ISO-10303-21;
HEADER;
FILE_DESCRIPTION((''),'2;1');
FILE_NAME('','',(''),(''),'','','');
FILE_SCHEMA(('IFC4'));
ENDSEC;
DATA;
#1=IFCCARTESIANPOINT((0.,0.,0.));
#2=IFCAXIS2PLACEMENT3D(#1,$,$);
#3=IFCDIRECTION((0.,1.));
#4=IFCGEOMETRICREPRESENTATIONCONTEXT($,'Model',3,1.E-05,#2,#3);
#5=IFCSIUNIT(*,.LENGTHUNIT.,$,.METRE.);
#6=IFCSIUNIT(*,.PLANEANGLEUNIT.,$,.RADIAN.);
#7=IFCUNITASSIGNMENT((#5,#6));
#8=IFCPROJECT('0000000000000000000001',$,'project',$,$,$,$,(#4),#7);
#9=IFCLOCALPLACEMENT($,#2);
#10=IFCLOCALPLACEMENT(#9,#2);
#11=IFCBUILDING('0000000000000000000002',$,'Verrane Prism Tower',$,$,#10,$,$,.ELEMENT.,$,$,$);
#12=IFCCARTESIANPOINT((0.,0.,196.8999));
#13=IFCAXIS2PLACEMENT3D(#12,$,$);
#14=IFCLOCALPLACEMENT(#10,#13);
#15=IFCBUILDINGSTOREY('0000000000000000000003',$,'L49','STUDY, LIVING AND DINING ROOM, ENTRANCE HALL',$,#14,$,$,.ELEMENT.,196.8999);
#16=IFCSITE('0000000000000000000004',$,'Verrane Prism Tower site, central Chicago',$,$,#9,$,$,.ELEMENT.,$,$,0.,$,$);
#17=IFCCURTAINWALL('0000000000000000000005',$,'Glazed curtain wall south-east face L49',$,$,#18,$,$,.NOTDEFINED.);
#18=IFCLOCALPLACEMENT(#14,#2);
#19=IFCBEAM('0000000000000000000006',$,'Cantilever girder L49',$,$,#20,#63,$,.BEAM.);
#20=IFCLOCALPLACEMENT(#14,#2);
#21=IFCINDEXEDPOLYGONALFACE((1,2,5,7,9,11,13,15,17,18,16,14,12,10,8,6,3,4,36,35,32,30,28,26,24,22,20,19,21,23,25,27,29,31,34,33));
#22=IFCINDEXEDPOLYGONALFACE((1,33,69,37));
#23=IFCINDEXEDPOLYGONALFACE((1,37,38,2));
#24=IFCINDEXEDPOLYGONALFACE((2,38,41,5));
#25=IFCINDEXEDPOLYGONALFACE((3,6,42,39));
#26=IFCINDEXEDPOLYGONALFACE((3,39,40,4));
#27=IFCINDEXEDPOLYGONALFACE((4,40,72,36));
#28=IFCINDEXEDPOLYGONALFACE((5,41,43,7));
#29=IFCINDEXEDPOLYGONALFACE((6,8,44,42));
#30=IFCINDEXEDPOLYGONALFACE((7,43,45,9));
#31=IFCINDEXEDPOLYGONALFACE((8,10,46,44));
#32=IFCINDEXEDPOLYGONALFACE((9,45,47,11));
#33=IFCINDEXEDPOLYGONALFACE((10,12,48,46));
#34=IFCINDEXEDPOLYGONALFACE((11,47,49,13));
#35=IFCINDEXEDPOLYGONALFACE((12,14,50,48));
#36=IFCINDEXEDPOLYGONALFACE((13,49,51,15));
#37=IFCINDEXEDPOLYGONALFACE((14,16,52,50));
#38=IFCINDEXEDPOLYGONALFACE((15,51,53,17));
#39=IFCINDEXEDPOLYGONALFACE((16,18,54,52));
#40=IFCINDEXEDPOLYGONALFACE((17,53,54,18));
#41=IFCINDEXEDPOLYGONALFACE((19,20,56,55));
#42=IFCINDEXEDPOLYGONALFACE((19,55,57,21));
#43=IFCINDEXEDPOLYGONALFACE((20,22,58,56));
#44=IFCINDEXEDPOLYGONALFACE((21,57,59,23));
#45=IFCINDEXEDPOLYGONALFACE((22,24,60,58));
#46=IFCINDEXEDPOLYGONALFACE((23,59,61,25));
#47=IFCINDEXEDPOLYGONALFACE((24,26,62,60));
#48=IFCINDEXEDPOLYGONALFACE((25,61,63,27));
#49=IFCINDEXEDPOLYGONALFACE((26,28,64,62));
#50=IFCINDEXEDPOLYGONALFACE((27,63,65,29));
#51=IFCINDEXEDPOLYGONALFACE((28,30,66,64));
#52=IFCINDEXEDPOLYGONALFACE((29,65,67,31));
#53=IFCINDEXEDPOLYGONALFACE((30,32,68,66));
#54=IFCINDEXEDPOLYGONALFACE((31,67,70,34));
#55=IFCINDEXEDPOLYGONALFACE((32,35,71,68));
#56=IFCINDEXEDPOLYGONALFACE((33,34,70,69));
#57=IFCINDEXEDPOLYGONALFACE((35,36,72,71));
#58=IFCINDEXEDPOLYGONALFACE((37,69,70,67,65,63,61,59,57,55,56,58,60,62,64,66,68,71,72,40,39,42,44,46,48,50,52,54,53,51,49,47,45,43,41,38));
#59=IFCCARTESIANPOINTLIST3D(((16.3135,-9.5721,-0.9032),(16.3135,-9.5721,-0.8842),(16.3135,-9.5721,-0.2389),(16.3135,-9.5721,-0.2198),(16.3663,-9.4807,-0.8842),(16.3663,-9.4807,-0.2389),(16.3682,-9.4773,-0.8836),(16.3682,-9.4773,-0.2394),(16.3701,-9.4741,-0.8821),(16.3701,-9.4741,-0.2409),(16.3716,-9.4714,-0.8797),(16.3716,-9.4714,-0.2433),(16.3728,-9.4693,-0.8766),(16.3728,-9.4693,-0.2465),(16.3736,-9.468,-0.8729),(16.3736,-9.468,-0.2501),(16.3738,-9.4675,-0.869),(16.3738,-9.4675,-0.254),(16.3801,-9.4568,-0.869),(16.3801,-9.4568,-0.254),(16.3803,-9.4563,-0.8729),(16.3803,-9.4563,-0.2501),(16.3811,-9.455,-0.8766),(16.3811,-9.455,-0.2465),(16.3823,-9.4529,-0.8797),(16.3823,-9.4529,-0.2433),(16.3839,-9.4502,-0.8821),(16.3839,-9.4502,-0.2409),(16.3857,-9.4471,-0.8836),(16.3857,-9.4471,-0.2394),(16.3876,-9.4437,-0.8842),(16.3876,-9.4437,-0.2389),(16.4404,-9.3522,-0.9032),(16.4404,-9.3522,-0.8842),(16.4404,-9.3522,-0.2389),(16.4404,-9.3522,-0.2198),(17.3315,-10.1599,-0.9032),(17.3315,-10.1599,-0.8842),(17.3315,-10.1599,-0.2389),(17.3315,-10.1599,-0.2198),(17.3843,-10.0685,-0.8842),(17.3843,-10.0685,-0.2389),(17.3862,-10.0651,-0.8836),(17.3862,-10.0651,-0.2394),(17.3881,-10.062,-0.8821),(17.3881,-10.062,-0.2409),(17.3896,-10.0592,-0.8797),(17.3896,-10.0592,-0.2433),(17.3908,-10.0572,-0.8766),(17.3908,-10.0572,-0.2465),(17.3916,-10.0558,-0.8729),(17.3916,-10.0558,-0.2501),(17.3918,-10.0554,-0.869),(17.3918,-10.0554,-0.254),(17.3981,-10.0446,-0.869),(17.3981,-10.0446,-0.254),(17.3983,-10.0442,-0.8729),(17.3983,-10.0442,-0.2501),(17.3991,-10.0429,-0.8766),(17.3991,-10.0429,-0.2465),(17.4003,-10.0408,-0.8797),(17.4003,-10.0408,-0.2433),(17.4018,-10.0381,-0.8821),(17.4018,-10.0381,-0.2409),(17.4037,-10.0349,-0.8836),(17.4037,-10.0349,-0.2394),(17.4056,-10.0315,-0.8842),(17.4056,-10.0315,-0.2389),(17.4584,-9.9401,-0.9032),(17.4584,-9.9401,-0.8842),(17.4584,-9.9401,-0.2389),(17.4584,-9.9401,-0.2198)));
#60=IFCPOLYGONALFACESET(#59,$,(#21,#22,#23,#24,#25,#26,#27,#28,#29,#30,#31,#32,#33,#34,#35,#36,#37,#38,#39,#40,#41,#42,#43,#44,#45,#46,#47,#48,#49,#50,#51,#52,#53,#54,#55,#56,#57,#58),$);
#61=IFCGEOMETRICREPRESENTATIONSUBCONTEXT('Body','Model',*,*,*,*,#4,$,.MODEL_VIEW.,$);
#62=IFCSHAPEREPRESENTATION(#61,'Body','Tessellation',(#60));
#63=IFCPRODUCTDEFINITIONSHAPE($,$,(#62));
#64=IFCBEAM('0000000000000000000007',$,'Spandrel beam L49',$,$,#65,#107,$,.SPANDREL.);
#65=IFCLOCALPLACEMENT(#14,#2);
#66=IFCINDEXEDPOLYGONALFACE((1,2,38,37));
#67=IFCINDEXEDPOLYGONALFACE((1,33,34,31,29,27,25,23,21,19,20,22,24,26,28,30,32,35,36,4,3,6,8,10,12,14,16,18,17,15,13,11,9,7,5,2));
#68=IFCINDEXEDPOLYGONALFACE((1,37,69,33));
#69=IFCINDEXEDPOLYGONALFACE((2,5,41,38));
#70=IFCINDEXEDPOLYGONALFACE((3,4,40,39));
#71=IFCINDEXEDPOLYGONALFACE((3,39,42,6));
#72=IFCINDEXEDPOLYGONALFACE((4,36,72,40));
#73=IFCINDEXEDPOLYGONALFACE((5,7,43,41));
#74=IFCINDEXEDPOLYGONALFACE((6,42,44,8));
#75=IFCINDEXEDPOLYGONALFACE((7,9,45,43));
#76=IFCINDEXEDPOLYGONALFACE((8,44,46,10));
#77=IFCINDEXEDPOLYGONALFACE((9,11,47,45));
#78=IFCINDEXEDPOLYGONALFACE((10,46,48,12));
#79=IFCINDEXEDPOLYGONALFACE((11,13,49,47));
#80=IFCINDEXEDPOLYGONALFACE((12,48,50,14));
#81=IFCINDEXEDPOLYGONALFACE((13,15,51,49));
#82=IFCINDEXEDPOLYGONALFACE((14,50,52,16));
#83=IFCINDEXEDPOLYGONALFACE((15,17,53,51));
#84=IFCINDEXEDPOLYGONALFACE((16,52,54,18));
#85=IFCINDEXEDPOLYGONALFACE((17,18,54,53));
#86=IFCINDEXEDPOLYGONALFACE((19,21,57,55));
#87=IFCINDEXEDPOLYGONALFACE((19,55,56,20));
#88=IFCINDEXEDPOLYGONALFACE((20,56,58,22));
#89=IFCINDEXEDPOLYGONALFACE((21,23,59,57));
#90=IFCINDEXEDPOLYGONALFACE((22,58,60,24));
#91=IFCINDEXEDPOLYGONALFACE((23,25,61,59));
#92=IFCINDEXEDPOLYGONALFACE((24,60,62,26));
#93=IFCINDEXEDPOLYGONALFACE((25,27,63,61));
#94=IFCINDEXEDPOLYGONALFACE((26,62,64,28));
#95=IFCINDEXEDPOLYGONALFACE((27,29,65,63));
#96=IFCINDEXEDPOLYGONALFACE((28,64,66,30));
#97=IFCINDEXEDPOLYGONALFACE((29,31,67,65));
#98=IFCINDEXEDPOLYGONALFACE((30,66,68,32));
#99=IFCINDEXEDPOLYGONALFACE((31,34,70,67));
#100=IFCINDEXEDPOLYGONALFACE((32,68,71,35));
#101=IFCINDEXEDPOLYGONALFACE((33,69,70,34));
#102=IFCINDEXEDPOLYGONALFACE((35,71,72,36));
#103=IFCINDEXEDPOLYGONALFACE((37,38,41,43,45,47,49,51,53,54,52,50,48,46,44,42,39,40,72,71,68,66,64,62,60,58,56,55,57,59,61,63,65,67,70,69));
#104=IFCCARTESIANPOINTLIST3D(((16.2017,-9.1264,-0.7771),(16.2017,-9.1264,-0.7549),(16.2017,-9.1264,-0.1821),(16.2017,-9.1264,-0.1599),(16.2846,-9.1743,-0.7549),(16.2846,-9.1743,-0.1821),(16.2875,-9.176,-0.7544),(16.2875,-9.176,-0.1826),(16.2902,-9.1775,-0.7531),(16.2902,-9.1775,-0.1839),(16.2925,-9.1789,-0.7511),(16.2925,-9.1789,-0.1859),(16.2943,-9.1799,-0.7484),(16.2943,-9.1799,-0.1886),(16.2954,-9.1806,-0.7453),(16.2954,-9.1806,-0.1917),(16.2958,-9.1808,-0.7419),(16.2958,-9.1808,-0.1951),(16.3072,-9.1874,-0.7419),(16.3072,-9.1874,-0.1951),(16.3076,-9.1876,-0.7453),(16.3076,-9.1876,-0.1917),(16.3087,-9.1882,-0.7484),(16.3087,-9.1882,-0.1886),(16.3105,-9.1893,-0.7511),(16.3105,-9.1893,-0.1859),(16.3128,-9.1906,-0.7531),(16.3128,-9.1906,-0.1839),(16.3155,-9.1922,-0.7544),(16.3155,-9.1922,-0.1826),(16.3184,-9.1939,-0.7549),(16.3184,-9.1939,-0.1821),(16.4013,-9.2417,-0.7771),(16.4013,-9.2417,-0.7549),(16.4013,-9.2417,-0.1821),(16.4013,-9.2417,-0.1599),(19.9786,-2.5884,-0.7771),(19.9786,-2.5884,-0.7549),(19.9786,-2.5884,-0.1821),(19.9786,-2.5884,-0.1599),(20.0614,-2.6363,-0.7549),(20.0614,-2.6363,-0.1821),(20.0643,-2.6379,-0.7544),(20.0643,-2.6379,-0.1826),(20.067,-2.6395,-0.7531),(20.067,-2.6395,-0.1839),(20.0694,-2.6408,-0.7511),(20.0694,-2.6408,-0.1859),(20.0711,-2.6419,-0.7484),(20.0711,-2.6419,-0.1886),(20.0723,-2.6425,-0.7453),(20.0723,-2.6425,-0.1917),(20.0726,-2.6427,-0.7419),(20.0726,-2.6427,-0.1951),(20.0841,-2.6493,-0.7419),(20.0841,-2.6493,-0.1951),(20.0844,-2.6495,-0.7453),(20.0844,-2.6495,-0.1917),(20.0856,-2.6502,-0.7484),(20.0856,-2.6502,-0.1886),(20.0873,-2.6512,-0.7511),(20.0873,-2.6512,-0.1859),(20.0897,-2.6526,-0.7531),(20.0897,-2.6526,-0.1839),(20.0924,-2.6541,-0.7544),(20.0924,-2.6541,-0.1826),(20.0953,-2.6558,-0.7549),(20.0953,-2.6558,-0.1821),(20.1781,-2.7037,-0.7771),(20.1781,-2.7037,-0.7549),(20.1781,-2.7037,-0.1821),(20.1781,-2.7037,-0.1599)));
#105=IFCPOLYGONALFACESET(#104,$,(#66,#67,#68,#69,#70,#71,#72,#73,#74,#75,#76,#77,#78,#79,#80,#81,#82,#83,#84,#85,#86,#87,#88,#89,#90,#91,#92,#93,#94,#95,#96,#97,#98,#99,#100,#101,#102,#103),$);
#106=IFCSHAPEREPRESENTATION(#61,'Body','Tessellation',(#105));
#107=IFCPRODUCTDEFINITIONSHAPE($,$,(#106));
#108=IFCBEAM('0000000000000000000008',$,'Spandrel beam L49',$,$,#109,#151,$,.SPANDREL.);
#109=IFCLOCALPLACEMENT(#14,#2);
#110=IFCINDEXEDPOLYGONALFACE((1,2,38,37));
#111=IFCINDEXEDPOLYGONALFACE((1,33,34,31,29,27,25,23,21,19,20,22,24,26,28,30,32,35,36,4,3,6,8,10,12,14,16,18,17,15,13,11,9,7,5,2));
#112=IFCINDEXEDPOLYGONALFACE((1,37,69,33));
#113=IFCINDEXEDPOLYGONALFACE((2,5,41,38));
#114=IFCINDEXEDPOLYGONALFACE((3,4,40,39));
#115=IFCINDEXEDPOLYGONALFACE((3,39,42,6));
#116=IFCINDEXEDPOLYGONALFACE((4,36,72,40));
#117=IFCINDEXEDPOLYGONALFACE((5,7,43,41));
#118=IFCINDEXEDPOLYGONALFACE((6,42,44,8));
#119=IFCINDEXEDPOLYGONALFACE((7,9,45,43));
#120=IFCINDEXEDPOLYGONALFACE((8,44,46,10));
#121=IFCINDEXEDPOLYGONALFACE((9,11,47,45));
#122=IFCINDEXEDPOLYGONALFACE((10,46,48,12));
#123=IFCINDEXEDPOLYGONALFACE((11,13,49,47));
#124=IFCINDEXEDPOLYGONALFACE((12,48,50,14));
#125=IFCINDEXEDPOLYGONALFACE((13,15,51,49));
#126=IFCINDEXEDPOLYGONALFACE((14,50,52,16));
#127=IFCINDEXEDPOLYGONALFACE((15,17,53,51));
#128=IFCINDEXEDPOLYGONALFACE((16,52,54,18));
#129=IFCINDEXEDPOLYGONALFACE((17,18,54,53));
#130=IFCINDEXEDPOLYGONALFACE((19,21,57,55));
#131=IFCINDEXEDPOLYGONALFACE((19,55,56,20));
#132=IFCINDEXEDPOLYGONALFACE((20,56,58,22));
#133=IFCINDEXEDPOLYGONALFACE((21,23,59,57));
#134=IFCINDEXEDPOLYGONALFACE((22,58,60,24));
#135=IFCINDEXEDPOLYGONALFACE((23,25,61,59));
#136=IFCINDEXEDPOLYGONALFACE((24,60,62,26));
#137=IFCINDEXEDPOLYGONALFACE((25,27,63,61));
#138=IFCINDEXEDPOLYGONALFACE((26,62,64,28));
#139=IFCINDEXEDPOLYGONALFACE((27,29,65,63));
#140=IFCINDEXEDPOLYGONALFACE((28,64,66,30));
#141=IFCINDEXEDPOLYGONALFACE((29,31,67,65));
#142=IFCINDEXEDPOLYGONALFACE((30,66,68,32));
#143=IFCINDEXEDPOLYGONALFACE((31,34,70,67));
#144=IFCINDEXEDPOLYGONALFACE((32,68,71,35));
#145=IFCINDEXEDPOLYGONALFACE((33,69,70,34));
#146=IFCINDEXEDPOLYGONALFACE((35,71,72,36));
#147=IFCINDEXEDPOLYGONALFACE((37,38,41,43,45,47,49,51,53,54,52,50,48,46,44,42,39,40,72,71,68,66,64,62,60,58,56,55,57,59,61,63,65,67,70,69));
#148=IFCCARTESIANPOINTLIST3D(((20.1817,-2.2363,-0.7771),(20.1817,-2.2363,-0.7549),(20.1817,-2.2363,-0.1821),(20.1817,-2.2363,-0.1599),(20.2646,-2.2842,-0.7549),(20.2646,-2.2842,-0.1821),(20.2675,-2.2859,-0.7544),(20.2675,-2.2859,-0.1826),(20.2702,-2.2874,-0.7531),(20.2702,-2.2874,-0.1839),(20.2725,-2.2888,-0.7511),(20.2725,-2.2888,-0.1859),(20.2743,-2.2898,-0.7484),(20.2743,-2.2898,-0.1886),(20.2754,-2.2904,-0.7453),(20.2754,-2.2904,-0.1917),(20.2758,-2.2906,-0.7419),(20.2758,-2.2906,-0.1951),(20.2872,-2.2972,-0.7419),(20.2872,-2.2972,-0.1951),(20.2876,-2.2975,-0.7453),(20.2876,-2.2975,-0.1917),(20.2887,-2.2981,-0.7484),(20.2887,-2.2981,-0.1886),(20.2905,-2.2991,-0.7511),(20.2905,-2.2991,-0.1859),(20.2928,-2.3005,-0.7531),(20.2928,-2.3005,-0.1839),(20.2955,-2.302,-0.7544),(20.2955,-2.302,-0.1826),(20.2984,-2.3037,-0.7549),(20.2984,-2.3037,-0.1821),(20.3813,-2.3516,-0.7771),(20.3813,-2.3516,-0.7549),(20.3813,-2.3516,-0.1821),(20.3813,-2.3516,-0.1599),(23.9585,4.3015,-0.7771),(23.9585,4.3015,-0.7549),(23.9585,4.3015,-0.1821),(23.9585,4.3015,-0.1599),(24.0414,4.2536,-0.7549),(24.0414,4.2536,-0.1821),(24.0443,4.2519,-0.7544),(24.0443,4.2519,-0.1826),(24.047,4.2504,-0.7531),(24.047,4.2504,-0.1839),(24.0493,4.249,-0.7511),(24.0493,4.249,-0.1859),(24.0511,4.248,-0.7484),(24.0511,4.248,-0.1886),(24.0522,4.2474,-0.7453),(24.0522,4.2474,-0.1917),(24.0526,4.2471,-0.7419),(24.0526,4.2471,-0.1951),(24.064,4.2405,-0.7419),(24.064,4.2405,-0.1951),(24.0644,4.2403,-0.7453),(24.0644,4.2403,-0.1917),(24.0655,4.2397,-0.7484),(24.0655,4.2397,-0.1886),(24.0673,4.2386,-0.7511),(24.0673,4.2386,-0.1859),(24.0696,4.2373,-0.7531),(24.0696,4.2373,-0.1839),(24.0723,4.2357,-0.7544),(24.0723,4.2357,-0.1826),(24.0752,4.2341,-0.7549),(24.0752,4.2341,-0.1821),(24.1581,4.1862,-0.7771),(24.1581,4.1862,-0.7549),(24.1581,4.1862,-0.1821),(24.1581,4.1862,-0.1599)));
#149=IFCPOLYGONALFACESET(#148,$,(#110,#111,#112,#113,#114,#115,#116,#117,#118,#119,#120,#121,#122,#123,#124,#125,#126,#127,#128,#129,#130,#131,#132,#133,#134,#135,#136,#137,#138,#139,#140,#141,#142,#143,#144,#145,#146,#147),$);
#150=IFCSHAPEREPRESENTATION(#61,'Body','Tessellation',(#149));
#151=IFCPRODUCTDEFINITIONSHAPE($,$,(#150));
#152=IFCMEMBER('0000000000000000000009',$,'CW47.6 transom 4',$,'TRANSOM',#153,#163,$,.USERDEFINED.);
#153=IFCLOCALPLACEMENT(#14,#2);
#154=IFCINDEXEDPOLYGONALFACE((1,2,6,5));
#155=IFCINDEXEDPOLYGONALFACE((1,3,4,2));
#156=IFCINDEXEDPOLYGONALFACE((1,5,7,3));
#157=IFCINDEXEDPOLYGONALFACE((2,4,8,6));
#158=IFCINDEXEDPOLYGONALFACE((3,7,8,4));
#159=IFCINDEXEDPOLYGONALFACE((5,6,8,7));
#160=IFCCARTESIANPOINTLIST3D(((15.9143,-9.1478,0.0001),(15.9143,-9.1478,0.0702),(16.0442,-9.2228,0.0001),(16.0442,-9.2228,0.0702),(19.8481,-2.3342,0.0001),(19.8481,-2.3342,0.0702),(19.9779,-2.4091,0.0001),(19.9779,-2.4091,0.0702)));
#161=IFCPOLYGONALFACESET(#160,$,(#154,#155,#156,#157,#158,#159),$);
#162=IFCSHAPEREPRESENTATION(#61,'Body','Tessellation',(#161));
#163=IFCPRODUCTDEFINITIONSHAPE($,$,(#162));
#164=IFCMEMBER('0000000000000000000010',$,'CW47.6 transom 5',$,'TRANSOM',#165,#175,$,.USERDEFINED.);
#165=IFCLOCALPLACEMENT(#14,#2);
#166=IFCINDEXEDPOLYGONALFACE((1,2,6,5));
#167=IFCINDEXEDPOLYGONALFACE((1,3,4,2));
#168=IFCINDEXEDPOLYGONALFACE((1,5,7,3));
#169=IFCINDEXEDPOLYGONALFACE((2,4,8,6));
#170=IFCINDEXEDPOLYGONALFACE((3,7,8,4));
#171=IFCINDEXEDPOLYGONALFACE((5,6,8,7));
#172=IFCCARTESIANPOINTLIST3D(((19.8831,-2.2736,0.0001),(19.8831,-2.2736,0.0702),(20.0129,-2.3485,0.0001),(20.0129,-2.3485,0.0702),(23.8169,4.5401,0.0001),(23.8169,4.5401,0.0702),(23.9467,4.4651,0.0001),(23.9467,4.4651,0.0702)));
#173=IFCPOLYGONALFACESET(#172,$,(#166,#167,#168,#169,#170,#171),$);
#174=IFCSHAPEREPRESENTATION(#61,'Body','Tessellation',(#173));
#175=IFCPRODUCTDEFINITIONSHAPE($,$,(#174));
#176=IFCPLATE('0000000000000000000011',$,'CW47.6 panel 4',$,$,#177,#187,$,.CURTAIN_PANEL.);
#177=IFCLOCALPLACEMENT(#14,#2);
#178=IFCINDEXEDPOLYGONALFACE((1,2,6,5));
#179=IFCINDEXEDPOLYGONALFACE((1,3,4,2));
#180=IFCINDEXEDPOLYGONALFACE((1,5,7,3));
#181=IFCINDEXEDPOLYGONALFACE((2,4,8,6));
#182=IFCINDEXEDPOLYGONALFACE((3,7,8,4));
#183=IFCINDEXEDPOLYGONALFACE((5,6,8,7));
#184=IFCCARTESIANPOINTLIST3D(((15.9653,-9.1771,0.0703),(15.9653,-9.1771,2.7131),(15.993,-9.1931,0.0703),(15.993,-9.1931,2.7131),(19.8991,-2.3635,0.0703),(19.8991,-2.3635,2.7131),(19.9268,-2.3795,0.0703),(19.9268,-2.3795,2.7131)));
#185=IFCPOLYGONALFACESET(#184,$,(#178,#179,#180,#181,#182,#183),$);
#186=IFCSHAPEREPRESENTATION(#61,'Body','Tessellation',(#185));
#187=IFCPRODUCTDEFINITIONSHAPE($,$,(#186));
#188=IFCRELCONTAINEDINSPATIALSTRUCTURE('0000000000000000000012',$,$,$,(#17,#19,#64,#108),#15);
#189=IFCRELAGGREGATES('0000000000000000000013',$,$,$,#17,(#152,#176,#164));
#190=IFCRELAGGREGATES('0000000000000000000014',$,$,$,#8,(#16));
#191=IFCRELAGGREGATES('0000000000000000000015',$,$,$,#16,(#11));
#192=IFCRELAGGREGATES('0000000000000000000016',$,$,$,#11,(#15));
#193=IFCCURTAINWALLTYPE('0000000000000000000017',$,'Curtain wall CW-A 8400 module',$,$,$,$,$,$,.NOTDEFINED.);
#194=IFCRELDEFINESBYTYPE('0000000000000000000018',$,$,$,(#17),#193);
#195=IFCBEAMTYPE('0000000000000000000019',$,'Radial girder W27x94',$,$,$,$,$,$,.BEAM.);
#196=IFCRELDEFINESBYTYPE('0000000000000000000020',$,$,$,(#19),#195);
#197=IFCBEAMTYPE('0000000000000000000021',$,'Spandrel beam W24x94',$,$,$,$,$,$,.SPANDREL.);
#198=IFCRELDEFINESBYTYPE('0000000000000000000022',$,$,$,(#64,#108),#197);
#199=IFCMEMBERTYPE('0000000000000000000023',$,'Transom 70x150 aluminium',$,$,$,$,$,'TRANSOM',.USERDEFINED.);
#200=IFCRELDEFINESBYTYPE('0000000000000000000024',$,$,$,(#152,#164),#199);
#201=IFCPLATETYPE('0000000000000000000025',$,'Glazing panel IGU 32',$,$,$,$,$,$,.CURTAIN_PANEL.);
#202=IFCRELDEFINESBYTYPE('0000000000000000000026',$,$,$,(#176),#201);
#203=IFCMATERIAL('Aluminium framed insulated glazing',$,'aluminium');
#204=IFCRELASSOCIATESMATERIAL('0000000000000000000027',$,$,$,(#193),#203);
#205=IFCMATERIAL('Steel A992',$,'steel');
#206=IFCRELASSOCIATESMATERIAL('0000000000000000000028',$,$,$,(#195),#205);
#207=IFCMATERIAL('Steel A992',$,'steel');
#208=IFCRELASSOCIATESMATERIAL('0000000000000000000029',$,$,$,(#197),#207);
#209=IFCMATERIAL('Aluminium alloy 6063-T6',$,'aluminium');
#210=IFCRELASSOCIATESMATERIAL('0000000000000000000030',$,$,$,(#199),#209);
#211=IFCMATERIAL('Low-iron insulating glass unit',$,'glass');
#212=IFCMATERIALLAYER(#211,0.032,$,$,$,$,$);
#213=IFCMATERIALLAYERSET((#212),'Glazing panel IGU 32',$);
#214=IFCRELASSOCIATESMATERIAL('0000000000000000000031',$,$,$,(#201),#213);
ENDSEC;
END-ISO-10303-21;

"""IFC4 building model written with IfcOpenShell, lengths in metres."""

from ifc_helpers import new_model, si_unit, direction, frame, origin, origin_2d, place, context, subcontext, project, spatial, rectangle, i_section, extrude, material, layer, layer_set, material_profile, profile_set, type_object, element, aggregate, save


model = new_model("IFC4")

# Units and contexts
model_context = context("Model", 3, precision=1e-05, world=origin(), true_north=direction((0.0, 1.0)))
body_context = subcontext(model_context, "Body", "Model", "MODEL_VIEW")
ifc_project = project(units=[si_unit("LENGTHUNIT", "METRE"), si_unit("PLANEANGLEUNIT", "RADIAN")], contexts=[model_context])

# Site, building, storey
site_placement = place(None, origin())
site = spatial("IfcSite", under=ifc_project, at=site_placement, Name="Verrane Prism Tower site, central Chicago", CompositionType="ELEMENT", RefElevation=0.0)
building_placement = place(site_placement, origin())
building = spatial("IfcBuilding", under=site, at=building_placement, Name="Verrane Prism Tower", CompositionType="ELEMENT")
storey_placement = place(building_placement, frame((0.0, 0.0, 196.8999)))
storey = spatial("IfcBuildingStorey", under=building, at=storey_placement, Name="L49", Description="STUDY, LIVING AND DINING ROOM, ENTRANCE HALL", CompositionType="ELEMENT", Elevation=196.8999)

# Curtain wall
ifc_material_1 = material(Name="Aluminium framed insulated glazing", Category="aluminium")
curtain_wall_type = type_object("IfcCurtainWallType", Name="Curtain wall CW-A 8400 module", PredefinedType="NOTDEFINED", material=ifc_material_1)
curtain_wall_placement = place(storey_placement, origin())
curtain_wall = element("IfcCurtainWall", 1, at=curtain_wall_placement, inside=storey, type_object=curtain_wall_type, Name="Glazed curtain wall south-east face L49", PredefinedType="NOTDEFINED")

# Beams
ifc_material_2 = material(Name="Steel A992", Category="steel")
ifc_material_profile_1 = material_profile(ifc_material_2, i_section(OverallWidth=0.2539, OverallDepth=0.6833, WebThickness=0.0125, FlangeThickness=0.019, FilletRadius=0.0151, at=origin_2d()), Name="W27x94")
ifc_profile_set_1 = profile_set([ifc_material_profile_1], Name="Steel A992")
beam_type_1 = type_object("IfcBeamType", Name="Radial girder W27x94", PredefinedType="BEAM", material=ifc_profile_set_1)
beam_1_placement = place(storey_placement, frame((16.377, -9.4622, -0.5615), z_axis=(0.865985, -0.50007, 0.0), x_axis=(0.50007, 0.865985, 0.0)))
element("IfcBeam", 2, at=beam_1_placement, inside=storey, type_object=beam_type_1, Name="Cantilever girder L49", PredefinedType="BEAM", context=body_context, shape_type="SweptSolid", body=[
    extrude(i_section(OverallWidth=0.2539, OverallDepth=0.6833, WebThickness=0.0125, FlangeThickness=0.019, FilletRadius=0.0151, at=origin_2d()), origin(), (0.0, 0.0, 1.0), 1.1755),
])
ifc_material_3 = material(Name="Steel A992", Category="steel")
ifc_material_profile_2 = material_profile(ifc_material_3, i_section(OverallWidth=0.2305, OverallDepth=0.6172, WebThickness=0.0132, FlangeThickness=0.0222, FilletRadius=0.0129, at=origin_2d()), Name="W24x94")
ifc_profile_set_2 = profile_set([ifc_material_profile_2], Name="Steel A992")
beam_type_2 = type_object("IfcBeamType", Name="Spandrel beam W24x94", PredefinedType="SPANDREL", material=ifc_profile_set_2)
beam_2_placement = place(storey_placement, frame((16.3015, -9.1841, -0.4685), z_axis=(0.500208, 0.865906, 0.0), x_axis=(-0.865906, 0.500208, 0.0)))
element("IfcBeam", 3, at=beam_2_placement, inside=storey, type_object=beam_type_2, Name="Spandrel beam L49", PredefinedType="SPANDREL", context=body_context, shape_type="SweptSolid", body=[
    extrude(i_section(OverallWidth=0.2305, OverallDepth=0.6172, WebThickness=0.0132, FlangeThickness=0.0222, FilletRadius=0.0129, at=origin_2d()), origin(), (0.0, 0.0, 1.0), 7.5505),
])
beam_3_placement = place(storey_placement, frame((20.2815, -2.2939, -0.4685), z_axis=(0.500222, 0.865897, 0.0), x_axis=(-0.865897, 0.500222, 0.0)))
element("IfcBeam", 4, at=beam_3_placement, inside=storey, type_object=beam_type_2, Name="Spandrel beam L49", PredefinedType="SPANDREL", context=body_context, shape_type="SweptSolid", body=[
    extrude(i_section(OverallWidth=0.2305, OverallDepth=0.6172, WebThickness=0.0132, FlangeThickness=0.0222, FilletRadius=0.0129, at=origin_2d()), origin(), (0.0, 0.0, 1.0), 7.5503),
])

# Members
ifc_material_4 = material(Name="Aluminium alloy 6063-T6", Category="aluminium")
ifc_material_profile_3 = material_profile(ifc_material_4, rectangle(XDim=0.1499, YDim=0.0701, at=origin_2d()), Name="Transom 70x150 aluminium")
ifc_profile_set_3 = profile_set([ifc_material_profile_3], Name="Aluminium alloy 6063-T6")
member_type_1 = type_object("IfcMemberType", Name="Transom 70x150 aluminium", ElementType="TRANSOM", PredefinedType="USERDEFINED", material=ifc_profile_set_3)
member_1_placement = place(storey_placement, frame((15.9792, -9.1853, 0.0352), z_axis=(0.499994, 0.866029, 0.0), x_axis=(-0.866029, 0.499994, 0.0)))
member_1 = element("IfcMember", 5, at=member_1_placement, type_object=member_type_1, Name="CW47.6 transom 4", ObjectType="TRANSOM", PredefinedType="USERDEFINED", context=body_context, shape_type="SweptSolid", body=[
    extrude(rectangle(XDim=0.1499, YDim=0.0701, at=origin_2d()), origin(), (0.0, 0.0, 1.0), 7.8677),
])
member_2_placement = place(storey_placement, frame((19.948, -2.311, 0.0352), z_axis=(0.499994, 0.866029, 0.0), x_axis=(-0.866029, 0.499994, 0.0)))
member_2 = element("IfcMember", 6, at=member_2_placement, type_object=member_type_1, Name="CW47.6 transom 5", ObjectType="TRANSOM", PredefinedType="USERDEFINED", context=body_context, shape_type="SweptSolid", body=[
    extrude(rectangle(XDim=0.1499, YDim=0.0701, at=origin_2d()), origin(), (0.0, 0.0, 1.0), 7.8677),
])

# Plate
ifc_material_5 = material(Name="Low-iron insulating glass unit", Category="glass")
ifc_layer_1 = layer(ifc_material_5, 0.032)
ifc_layer_set_1 = layer_set([ifc_layer_1], Name="Glazing panel IGU 32")
plate_type = type_object("IfcPlateType", Name="Glazing panel IGU 32", PredefinedType="CURTAIN_PANEL", material=ifc_layer_set_1)
plate_placement = place(storey_placement, frame((17.946, -5.7783, 0.0703), z_axis=(0.0, 0.0, 1.0), x_axis=(0.5, 0.866026, 0.0)))
plate = element("IfcPlate", 7, at=plate_placement, type_object=plate_type, Name="CW47.6 panel 4", PredefinedType="CURTAIN_PANEL", context=body_context, shape_type="SweptSolid", body=[
    extrude(rectangle(XDim=7.8677, YDim=0.032, at=origin_2d()), origin(), (0.0, 0.0, 1.0), 2.6428),
])
aggregate(curtain_wall, [member_1, plate, member_2])

save(model, "model.ifc")
